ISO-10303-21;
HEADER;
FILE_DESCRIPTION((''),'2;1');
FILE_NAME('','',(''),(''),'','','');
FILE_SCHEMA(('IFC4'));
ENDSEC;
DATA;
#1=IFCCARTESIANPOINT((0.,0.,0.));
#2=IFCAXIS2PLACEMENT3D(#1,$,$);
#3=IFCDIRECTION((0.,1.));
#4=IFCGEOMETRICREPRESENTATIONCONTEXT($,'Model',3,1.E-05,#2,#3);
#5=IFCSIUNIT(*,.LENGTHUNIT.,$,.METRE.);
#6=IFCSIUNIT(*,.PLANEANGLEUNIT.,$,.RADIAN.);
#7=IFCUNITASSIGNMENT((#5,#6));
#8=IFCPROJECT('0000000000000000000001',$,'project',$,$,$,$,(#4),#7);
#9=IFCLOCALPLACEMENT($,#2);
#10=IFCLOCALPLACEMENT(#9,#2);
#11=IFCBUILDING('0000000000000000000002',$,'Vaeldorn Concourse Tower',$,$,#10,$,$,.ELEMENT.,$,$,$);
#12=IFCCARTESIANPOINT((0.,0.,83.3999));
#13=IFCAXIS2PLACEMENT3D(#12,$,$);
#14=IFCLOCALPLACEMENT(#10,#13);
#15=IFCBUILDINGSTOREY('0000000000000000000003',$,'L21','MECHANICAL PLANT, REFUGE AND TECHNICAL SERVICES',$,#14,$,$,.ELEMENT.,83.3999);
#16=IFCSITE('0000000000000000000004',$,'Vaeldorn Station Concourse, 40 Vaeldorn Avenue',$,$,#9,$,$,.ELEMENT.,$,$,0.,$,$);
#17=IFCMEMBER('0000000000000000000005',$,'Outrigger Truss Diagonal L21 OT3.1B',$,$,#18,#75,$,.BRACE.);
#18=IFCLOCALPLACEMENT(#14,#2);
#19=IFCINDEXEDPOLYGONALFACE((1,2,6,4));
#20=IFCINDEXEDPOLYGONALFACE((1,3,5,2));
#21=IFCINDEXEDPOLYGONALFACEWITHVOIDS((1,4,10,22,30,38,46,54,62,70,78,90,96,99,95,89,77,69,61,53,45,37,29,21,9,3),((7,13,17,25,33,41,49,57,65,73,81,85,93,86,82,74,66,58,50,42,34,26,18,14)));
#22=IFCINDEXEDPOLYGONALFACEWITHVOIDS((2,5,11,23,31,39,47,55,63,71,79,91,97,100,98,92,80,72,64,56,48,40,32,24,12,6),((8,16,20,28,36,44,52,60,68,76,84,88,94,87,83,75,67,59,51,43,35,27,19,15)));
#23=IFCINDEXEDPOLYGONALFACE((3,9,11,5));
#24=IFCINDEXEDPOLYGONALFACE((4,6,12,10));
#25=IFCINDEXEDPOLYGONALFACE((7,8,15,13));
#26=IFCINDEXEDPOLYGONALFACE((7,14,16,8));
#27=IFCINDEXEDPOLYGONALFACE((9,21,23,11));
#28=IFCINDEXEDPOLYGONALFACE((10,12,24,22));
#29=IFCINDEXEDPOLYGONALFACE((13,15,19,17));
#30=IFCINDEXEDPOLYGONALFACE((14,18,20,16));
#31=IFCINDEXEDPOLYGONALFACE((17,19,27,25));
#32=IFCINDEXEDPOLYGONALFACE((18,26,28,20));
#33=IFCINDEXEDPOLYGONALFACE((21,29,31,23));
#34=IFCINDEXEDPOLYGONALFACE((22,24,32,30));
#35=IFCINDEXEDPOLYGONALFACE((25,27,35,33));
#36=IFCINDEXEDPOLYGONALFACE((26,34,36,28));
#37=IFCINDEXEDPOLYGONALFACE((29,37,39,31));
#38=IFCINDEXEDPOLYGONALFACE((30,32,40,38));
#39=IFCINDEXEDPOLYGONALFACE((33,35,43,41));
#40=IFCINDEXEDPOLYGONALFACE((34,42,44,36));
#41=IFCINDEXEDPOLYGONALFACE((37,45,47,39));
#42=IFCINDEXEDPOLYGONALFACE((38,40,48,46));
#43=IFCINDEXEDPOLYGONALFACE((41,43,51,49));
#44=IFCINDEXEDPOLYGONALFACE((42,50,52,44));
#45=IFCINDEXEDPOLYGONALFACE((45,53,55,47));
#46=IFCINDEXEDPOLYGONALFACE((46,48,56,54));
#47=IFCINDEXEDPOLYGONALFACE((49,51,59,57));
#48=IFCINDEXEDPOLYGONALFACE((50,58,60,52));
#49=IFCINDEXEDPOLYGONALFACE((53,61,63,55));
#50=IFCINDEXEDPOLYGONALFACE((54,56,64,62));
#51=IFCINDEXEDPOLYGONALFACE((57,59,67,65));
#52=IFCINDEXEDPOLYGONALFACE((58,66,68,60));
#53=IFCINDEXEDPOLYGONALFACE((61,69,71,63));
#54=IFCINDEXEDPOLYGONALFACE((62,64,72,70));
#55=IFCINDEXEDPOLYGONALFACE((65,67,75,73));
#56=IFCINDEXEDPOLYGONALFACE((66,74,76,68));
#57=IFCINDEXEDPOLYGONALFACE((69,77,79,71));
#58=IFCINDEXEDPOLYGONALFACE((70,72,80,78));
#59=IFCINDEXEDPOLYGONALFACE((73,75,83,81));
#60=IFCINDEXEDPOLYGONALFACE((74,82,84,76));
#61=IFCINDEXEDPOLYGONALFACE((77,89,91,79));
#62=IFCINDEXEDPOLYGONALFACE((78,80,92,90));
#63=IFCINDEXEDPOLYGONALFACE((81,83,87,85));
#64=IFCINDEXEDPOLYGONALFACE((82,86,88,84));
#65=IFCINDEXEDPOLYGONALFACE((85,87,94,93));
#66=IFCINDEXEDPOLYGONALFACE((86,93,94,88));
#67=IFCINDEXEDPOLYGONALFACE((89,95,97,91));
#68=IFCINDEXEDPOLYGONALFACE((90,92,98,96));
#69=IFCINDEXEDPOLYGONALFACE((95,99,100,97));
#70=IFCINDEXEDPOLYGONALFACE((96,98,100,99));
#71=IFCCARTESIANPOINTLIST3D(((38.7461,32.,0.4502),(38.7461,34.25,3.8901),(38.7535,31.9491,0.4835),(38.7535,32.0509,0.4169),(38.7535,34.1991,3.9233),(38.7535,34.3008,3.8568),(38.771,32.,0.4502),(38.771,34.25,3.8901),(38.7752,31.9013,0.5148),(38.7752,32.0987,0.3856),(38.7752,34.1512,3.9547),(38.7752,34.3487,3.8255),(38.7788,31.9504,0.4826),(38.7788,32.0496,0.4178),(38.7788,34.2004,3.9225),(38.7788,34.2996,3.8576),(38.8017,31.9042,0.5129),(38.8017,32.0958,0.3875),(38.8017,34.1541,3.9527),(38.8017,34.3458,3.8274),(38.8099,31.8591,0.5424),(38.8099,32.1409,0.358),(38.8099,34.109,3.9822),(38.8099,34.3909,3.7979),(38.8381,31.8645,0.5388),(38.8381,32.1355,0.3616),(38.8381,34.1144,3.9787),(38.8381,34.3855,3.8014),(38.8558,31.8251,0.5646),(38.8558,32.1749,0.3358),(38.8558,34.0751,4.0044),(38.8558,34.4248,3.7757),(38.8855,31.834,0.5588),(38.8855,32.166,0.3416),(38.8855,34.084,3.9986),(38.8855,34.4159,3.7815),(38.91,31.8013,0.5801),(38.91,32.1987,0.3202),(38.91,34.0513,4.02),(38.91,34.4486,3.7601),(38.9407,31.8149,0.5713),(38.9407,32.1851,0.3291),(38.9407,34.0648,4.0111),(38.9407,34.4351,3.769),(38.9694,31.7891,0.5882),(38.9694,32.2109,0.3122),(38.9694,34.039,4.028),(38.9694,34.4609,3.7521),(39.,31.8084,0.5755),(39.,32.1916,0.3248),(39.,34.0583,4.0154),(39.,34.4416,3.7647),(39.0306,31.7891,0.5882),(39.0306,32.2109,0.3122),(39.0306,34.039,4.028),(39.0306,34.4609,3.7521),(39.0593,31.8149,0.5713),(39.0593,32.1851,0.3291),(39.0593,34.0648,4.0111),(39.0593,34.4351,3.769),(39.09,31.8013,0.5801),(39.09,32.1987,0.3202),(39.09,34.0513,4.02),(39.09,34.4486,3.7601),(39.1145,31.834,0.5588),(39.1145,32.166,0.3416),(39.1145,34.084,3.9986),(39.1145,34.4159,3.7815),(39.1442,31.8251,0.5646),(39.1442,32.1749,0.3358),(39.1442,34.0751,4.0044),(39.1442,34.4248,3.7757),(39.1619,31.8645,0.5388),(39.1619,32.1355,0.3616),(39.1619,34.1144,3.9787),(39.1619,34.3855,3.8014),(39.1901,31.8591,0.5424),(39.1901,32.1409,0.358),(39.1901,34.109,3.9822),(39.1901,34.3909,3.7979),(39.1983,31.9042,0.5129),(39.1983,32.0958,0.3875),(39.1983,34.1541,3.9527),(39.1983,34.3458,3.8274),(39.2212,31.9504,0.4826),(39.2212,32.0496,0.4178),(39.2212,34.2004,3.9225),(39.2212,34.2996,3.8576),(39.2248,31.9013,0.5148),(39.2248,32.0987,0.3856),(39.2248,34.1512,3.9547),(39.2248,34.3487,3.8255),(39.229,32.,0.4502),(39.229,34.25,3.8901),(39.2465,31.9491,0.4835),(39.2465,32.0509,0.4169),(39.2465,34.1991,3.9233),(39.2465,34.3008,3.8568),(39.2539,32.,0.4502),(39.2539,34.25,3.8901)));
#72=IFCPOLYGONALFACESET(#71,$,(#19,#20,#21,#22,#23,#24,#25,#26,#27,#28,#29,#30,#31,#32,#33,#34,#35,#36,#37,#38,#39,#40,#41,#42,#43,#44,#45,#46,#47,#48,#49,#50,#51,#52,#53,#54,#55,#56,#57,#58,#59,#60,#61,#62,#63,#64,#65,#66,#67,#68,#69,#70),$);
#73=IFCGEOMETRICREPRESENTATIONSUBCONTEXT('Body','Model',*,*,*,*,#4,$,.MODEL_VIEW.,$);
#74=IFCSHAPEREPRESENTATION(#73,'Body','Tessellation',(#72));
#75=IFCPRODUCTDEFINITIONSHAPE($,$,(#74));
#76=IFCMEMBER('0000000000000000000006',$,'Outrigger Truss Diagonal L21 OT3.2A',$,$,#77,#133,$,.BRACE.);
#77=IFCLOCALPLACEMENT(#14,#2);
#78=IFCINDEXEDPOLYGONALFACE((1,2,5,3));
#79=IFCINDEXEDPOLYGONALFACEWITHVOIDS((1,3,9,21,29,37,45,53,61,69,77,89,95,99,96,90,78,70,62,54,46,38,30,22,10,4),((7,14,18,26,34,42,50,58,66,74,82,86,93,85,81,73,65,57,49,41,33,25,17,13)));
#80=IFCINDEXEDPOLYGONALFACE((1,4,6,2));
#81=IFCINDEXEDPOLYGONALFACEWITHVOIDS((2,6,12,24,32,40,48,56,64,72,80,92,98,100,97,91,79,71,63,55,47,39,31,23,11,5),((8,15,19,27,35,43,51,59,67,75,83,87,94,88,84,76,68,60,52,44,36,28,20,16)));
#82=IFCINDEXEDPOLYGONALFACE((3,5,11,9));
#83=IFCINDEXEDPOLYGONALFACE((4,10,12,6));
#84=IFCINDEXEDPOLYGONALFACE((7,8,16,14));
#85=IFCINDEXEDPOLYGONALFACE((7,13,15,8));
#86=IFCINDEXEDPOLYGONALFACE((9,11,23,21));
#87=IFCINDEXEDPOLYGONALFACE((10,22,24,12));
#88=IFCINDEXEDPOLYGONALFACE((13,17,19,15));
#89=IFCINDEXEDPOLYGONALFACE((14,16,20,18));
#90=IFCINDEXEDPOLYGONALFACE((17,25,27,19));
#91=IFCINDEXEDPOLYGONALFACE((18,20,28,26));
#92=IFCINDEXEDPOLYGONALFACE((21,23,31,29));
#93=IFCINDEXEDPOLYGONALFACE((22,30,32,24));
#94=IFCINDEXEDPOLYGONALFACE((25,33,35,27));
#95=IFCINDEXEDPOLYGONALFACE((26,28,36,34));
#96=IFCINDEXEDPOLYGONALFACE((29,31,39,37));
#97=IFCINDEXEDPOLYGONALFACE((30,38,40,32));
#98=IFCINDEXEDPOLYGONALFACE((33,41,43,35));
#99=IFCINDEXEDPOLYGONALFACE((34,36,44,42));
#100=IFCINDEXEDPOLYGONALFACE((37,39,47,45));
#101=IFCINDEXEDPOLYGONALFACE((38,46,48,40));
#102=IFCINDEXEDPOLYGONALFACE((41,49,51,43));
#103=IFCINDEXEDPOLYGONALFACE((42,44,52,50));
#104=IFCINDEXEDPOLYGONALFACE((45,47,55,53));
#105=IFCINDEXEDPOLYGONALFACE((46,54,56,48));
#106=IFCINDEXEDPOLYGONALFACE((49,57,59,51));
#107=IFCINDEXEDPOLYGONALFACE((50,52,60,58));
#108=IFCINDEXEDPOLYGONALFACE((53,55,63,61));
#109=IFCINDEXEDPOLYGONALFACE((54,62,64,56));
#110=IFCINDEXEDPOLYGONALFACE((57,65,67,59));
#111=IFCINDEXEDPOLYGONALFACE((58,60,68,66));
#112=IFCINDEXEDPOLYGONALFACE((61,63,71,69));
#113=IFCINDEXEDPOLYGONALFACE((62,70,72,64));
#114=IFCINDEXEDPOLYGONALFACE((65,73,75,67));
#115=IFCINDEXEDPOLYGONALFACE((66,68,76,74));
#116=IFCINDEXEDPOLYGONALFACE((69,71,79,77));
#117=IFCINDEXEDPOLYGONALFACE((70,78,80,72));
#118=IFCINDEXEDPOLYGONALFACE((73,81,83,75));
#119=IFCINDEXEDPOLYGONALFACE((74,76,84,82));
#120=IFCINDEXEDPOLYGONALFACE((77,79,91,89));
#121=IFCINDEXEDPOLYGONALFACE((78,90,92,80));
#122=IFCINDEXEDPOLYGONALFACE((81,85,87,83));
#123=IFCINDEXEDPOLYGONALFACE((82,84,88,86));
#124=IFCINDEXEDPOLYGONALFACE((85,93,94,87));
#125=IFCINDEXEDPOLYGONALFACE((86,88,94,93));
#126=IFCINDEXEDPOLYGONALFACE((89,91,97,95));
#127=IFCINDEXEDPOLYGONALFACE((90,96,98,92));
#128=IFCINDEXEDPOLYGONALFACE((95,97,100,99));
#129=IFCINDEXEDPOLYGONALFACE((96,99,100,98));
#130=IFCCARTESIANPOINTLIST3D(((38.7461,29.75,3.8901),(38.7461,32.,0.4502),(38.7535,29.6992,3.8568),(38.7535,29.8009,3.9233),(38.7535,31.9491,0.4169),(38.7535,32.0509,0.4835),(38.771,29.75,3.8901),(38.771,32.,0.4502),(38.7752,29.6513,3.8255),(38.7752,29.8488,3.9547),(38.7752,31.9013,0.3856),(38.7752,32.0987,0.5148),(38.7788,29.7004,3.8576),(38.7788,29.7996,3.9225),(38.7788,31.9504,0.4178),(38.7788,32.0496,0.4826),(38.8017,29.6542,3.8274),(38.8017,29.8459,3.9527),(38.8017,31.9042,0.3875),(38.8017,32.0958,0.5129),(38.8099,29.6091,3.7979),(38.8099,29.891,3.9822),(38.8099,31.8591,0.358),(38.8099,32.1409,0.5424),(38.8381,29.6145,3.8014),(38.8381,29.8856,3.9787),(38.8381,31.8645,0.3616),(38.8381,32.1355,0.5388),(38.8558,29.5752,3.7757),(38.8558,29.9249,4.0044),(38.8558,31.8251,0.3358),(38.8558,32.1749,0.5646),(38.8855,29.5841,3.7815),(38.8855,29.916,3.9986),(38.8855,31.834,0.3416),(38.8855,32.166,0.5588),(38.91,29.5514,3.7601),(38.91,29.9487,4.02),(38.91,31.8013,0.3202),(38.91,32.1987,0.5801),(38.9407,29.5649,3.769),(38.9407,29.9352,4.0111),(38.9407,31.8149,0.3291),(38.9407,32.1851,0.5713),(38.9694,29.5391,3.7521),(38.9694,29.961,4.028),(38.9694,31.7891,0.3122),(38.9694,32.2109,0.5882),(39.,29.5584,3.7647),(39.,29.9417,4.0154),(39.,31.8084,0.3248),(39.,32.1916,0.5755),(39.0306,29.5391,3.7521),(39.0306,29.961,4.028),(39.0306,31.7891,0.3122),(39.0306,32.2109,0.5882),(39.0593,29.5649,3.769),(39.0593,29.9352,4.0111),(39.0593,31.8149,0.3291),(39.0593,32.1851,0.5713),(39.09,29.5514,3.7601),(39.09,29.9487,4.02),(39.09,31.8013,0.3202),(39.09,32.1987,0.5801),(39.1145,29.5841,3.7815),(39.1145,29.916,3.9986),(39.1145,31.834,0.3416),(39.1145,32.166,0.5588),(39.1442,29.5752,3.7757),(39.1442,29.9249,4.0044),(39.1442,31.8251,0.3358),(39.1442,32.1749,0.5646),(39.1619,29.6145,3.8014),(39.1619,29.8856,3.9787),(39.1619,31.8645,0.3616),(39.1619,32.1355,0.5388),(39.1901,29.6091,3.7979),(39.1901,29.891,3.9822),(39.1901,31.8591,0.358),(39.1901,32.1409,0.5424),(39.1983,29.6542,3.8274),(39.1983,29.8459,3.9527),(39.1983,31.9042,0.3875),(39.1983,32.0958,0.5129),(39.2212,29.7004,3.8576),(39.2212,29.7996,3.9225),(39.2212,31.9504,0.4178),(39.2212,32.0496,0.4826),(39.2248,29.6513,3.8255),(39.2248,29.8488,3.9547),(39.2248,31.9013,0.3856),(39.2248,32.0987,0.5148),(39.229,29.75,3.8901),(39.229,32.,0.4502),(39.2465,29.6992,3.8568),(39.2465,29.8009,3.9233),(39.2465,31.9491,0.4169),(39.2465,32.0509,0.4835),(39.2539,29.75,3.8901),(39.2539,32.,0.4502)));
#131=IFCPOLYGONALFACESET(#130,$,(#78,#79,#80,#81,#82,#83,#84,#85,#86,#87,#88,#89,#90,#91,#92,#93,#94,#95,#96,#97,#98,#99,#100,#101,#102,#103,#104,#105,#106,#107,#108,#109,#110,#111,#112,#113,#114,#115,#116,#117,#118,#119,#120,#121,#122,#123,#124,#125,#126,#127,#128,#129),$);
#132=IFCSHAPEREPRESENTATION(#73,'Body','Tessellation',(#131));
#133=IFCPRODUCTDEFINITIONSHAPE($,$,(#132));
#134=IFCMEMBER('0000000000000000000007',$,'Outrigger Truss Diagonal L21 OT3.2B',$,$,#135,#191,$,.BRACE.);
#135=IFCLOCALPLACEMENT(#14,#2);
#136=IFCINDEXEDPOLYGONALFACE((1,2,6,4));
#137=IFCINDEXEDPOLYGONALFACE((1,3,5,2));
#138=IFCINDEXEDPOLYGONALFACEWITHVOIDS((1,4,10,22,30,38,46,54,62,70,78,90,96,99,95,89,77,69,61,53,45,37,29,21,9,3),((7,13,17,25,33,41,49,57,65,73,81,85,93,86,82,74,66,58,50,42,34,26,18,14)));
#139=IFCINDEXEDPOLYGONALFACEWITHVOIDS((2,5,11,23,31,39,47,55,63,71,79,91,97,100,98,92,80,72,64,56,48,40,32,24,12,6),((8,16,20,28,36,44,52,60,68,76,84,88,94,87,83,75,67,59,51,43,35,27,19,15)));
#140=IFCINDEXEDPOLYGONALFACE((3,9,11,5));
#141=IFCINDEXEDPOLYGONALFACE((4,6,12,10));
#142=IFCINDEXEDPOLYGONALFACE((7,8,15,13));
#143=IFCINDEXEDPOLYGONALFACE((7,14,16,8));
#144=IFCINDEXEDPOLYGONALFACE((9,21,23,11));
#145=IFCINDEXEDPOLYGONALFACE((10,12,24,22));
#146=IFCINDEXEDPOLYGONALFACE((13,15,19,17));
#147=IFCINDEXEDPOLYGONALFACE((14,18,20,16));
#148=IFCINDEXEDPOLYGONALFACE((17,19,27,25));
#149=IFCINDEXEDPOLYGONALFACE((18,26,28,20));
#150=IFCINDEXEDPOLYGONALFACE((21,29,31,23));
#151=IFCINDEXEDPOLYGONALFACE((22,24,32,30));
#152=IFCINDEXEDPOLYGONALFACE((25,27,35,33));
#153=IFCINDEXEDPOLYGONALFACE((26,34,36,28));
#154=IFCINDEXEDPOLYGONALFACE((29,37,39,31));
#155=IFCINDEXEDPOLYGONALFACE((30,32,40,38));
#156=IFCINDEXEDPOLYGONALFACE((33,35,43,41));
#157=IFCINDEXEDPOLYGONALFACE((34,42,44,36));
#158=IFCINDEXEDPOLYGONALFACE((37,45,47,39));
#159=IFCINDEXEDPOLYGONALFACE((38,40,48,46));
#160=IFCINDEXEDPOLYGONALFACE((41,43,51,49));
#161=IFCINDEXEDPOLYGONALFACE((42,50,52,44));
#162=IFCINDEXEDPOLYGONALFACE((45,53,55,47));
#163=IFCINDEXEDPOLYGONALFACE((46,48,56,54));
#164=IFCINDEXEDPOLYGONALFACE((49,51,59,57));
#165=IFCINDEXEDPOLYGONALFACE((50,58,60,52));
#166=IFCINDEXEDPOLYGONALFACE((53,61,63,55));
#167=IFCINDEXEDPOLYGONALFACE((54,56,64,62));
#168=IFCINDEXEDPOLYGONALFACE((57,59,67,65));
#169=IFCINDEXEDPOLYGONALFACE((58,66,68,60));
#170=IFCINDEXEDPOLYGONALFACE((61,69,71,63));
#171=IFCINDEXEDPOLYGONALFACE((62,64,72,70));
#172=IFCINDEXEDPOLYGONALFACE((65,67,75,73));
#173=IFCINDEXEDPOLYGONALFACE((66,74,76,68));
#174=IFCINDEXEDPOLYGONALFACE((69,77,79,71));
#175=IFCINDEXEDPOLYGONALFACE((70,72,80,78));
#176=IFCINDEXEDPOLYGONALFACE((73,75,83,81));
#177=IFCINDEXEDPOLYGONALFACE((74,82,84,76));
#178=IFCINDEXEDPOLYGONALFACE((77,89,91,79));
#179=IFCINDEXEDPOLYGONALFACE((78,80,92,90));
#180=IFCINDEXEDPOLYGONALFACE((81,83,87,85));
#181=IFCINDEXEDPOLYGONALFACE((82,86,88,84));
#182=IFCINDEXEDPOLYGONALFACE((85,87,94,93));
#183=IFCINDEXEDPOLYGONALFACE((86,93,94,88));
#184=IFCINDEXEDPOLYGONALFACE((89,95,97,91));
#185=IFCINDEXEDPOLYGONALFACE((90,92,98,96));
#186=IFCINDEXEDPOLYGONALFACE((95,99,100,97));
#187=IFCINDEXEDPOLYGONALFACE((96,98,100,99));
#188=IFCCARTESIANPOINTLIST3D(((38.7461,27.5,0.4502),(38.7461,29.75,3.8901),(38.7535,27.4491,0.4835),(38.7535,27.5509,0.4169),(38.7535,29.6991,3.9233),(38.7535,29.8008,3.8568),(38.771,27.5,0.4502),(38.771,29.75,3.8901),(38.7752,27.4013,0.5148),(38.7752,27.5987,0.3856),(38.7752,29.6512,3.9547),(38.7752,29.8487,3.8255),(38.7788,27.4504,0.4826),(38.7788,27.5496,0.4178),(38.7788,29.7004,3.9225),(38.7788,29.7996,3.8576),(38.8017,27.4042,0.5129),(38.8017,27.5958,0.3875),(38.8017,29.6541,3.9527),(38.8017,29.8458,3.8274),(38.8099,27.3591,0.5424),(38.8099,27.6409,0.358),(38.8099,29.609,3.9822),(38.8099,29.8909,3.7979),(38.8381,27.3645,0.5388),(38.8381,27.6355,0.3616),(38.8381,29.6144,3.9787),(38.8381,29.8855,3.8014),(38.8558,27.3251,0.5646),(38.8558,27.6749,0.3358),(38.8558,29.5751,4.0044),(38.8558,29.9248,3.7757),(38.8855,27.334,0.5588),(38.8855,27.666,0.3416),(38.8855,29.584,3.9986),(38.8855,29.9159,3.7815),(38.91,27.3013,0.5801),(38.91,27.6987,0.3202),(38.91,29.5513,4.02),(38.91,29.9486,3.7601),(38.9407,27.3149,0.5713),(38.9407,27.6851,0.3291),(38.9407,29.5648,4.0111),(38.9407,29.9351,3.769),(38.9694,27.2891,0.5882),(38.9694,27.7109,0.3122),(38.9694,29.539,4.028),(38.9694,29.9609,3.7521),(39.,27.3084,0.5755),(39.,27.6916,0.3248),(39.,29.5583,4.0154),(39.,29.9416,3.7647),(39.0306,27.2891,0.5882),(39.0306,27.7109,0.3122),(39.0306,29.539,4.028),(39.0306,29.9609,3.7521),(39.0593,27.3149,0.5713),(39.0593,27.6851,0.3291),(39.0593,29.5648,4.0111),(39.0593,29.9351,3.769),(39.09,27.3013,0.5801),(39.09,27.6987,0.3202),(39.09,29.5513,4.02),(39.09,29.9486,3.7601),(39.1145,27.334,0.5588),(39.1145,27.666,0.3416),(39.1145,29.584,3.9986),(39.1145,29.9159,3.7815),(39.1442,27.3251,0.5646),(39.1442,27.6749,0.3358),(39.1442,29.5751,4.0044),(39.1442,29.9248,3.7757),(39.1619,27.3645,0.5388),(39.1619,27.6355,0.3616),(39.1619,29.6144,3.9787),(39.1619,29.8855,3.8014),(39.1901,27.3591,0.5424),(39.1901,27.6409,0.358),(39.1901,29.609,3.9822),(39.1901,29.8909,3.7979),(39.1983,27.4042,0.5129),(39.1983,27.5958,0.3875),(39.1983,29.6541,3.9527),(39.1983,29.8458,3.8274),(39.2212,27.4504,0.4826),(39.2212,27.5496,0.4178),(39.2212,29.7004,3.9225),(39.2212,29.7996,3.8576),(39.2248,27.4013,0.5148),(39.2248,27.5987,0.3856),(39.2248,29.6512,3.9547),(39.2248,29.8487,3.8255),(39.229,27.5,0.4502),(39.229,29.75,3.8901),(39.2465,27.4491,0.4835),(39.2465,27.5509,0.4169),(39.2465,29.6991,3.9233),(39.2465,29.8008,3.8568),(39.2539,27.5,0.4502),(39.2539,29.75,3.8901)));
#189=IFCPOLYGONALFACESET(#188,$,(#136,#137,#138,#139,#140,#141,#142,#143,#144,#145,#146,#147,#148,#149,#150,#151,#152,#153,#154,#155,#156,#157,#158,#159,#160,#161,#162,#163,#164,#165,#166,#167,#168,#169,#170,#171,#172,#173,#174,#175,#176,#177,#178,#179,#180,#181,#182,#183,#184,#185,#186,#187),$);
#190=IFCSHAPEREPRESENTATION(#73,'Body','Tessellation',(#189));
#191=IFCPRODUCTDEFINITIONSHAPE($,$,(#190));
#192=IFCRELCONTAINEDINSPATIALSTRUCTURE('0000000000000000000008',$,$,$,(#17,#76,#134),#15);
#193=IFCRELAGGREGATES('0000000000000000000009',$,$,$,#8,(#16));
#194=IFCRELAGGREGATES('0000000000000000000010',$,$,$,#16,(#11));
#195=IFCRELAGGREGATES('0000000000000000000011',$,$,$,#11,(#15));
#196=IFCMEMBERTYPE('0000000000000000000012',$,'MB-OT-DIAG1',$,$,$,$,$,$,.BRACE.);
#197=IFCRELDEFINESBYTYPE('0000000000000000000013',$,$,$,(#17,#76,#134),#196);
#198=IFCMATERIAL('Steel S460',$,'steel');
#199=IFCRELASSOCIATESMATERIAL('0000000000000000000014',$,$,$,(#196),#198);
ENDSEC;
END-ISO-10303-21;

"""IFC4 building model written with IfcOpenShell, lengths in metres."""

from ifc_helpers import new_model, si_unit, direction, frame, origin, origin_2d, place, context, subcontext, project, spatial, hollow_circle, extrude, source, transform, mapped, material, material_profile, profile_set, type_object, element, save


model = new_model("IFC4")

# Units and contexts
model_context = context("Model", 3, precision=1e-05, world=origin(), true_north=direction((0.0, 1.0)))
body_context = subcontext(model_context, "Body", "Model", "MODEL_VIEW")
ifc_project = project(units=[si_unit("LENGTHUNIT", "METRE"), si_unit("PLANEANGLEUNIT", "RADIAN")], contexts=[model_context])

# Site, building, storey
site_placement = place(None, origin())
site = spatial("IfcSite", under=ifc_project, at=site_placement, Name="Vaeldorn Station Concourse, 40 Vaeldorn Avenue", CompositionType="ELEMENT", RefElevation=0.0)
building_placement = place(site_placement, origin())
building = spatial("IfcBuilding", under=site, at=building_placement, Name="Vaeldorn Concourse Tower", CompositionType="ELEMENT")
storey_placement = place(building_placement, frame((0.0, 0.0, 83.3999)))
storey = spatial("IfcBuildingStorey", under=building, at=storey_placement, Name="L21", Description="MECHANICAL PLANT, REFUGE AND TECHNICAL SERVICES", CompositionType="ELEMENT", Elevation=83.3999)

# Shared definitions
ifc_material_1 = material(Name="Steel S460", Category="steel")

# Members
ifc_material_profile_1 = material_profile(ifc_material_1, hollow_circle(Radius=0.2539, WallThickness=0.0249, at=origin_2d()), Name="CHS 508x25")
ifc_profile_set_1 = profile_set([ifc_material_profile_1], Name="Steel S460")
member_type_1 = type_object("IfcMemberType", Name="MB-OT-DIAG1", PredefinedType="BRACE", material=ifc_profile_set_1)
shared_shape_1 = source(origin(), body_context, "Body", "SweptSolid", [
    extrude(hollow_circle(Radius=0.2539, WallThickness=0.0249, at=origin_2d()), origin(), (0.0, 0.0, 1.0), 4.1104),
])
for number, where, z_axis, x_axis, name in (
    (1, (39.0, 32.0, 0.4502), (0.0, 0.547387, 0.83688), (-1.0, 0.0, 0.0), "Outrigger Truss Diagonal L21 OT3.1B"),
    (2, (39.0, 32.0, 0.4502), (0.0, -0.547387, 0.83688), (1.0, 0.0, 0.0), "Outrigger Truss Diagonal L21 OT3.2A"),
    (3, (39.0, 27.5, 0.4502), (0.0, 0.547387, 0.83688), (-1.0, 0.0, 0.0), "Outrigger Truss Diagonal L21 OT3.2B"),
):
    element("IfcMember", number, at=place(storey_placement, frame(where, z_axis=z_axis, x_axis=x_axis)), inside=storey, type_object=member_type_1, Name=name, PredefinedType="BRACE", context=body_context, shape_type="MappedRepresentation", body=[
        mapped(shared_shape_1, transform((0.0, 0.0, 0.0), scale=1.0)),
    ])

save(model, "model.ifc")
